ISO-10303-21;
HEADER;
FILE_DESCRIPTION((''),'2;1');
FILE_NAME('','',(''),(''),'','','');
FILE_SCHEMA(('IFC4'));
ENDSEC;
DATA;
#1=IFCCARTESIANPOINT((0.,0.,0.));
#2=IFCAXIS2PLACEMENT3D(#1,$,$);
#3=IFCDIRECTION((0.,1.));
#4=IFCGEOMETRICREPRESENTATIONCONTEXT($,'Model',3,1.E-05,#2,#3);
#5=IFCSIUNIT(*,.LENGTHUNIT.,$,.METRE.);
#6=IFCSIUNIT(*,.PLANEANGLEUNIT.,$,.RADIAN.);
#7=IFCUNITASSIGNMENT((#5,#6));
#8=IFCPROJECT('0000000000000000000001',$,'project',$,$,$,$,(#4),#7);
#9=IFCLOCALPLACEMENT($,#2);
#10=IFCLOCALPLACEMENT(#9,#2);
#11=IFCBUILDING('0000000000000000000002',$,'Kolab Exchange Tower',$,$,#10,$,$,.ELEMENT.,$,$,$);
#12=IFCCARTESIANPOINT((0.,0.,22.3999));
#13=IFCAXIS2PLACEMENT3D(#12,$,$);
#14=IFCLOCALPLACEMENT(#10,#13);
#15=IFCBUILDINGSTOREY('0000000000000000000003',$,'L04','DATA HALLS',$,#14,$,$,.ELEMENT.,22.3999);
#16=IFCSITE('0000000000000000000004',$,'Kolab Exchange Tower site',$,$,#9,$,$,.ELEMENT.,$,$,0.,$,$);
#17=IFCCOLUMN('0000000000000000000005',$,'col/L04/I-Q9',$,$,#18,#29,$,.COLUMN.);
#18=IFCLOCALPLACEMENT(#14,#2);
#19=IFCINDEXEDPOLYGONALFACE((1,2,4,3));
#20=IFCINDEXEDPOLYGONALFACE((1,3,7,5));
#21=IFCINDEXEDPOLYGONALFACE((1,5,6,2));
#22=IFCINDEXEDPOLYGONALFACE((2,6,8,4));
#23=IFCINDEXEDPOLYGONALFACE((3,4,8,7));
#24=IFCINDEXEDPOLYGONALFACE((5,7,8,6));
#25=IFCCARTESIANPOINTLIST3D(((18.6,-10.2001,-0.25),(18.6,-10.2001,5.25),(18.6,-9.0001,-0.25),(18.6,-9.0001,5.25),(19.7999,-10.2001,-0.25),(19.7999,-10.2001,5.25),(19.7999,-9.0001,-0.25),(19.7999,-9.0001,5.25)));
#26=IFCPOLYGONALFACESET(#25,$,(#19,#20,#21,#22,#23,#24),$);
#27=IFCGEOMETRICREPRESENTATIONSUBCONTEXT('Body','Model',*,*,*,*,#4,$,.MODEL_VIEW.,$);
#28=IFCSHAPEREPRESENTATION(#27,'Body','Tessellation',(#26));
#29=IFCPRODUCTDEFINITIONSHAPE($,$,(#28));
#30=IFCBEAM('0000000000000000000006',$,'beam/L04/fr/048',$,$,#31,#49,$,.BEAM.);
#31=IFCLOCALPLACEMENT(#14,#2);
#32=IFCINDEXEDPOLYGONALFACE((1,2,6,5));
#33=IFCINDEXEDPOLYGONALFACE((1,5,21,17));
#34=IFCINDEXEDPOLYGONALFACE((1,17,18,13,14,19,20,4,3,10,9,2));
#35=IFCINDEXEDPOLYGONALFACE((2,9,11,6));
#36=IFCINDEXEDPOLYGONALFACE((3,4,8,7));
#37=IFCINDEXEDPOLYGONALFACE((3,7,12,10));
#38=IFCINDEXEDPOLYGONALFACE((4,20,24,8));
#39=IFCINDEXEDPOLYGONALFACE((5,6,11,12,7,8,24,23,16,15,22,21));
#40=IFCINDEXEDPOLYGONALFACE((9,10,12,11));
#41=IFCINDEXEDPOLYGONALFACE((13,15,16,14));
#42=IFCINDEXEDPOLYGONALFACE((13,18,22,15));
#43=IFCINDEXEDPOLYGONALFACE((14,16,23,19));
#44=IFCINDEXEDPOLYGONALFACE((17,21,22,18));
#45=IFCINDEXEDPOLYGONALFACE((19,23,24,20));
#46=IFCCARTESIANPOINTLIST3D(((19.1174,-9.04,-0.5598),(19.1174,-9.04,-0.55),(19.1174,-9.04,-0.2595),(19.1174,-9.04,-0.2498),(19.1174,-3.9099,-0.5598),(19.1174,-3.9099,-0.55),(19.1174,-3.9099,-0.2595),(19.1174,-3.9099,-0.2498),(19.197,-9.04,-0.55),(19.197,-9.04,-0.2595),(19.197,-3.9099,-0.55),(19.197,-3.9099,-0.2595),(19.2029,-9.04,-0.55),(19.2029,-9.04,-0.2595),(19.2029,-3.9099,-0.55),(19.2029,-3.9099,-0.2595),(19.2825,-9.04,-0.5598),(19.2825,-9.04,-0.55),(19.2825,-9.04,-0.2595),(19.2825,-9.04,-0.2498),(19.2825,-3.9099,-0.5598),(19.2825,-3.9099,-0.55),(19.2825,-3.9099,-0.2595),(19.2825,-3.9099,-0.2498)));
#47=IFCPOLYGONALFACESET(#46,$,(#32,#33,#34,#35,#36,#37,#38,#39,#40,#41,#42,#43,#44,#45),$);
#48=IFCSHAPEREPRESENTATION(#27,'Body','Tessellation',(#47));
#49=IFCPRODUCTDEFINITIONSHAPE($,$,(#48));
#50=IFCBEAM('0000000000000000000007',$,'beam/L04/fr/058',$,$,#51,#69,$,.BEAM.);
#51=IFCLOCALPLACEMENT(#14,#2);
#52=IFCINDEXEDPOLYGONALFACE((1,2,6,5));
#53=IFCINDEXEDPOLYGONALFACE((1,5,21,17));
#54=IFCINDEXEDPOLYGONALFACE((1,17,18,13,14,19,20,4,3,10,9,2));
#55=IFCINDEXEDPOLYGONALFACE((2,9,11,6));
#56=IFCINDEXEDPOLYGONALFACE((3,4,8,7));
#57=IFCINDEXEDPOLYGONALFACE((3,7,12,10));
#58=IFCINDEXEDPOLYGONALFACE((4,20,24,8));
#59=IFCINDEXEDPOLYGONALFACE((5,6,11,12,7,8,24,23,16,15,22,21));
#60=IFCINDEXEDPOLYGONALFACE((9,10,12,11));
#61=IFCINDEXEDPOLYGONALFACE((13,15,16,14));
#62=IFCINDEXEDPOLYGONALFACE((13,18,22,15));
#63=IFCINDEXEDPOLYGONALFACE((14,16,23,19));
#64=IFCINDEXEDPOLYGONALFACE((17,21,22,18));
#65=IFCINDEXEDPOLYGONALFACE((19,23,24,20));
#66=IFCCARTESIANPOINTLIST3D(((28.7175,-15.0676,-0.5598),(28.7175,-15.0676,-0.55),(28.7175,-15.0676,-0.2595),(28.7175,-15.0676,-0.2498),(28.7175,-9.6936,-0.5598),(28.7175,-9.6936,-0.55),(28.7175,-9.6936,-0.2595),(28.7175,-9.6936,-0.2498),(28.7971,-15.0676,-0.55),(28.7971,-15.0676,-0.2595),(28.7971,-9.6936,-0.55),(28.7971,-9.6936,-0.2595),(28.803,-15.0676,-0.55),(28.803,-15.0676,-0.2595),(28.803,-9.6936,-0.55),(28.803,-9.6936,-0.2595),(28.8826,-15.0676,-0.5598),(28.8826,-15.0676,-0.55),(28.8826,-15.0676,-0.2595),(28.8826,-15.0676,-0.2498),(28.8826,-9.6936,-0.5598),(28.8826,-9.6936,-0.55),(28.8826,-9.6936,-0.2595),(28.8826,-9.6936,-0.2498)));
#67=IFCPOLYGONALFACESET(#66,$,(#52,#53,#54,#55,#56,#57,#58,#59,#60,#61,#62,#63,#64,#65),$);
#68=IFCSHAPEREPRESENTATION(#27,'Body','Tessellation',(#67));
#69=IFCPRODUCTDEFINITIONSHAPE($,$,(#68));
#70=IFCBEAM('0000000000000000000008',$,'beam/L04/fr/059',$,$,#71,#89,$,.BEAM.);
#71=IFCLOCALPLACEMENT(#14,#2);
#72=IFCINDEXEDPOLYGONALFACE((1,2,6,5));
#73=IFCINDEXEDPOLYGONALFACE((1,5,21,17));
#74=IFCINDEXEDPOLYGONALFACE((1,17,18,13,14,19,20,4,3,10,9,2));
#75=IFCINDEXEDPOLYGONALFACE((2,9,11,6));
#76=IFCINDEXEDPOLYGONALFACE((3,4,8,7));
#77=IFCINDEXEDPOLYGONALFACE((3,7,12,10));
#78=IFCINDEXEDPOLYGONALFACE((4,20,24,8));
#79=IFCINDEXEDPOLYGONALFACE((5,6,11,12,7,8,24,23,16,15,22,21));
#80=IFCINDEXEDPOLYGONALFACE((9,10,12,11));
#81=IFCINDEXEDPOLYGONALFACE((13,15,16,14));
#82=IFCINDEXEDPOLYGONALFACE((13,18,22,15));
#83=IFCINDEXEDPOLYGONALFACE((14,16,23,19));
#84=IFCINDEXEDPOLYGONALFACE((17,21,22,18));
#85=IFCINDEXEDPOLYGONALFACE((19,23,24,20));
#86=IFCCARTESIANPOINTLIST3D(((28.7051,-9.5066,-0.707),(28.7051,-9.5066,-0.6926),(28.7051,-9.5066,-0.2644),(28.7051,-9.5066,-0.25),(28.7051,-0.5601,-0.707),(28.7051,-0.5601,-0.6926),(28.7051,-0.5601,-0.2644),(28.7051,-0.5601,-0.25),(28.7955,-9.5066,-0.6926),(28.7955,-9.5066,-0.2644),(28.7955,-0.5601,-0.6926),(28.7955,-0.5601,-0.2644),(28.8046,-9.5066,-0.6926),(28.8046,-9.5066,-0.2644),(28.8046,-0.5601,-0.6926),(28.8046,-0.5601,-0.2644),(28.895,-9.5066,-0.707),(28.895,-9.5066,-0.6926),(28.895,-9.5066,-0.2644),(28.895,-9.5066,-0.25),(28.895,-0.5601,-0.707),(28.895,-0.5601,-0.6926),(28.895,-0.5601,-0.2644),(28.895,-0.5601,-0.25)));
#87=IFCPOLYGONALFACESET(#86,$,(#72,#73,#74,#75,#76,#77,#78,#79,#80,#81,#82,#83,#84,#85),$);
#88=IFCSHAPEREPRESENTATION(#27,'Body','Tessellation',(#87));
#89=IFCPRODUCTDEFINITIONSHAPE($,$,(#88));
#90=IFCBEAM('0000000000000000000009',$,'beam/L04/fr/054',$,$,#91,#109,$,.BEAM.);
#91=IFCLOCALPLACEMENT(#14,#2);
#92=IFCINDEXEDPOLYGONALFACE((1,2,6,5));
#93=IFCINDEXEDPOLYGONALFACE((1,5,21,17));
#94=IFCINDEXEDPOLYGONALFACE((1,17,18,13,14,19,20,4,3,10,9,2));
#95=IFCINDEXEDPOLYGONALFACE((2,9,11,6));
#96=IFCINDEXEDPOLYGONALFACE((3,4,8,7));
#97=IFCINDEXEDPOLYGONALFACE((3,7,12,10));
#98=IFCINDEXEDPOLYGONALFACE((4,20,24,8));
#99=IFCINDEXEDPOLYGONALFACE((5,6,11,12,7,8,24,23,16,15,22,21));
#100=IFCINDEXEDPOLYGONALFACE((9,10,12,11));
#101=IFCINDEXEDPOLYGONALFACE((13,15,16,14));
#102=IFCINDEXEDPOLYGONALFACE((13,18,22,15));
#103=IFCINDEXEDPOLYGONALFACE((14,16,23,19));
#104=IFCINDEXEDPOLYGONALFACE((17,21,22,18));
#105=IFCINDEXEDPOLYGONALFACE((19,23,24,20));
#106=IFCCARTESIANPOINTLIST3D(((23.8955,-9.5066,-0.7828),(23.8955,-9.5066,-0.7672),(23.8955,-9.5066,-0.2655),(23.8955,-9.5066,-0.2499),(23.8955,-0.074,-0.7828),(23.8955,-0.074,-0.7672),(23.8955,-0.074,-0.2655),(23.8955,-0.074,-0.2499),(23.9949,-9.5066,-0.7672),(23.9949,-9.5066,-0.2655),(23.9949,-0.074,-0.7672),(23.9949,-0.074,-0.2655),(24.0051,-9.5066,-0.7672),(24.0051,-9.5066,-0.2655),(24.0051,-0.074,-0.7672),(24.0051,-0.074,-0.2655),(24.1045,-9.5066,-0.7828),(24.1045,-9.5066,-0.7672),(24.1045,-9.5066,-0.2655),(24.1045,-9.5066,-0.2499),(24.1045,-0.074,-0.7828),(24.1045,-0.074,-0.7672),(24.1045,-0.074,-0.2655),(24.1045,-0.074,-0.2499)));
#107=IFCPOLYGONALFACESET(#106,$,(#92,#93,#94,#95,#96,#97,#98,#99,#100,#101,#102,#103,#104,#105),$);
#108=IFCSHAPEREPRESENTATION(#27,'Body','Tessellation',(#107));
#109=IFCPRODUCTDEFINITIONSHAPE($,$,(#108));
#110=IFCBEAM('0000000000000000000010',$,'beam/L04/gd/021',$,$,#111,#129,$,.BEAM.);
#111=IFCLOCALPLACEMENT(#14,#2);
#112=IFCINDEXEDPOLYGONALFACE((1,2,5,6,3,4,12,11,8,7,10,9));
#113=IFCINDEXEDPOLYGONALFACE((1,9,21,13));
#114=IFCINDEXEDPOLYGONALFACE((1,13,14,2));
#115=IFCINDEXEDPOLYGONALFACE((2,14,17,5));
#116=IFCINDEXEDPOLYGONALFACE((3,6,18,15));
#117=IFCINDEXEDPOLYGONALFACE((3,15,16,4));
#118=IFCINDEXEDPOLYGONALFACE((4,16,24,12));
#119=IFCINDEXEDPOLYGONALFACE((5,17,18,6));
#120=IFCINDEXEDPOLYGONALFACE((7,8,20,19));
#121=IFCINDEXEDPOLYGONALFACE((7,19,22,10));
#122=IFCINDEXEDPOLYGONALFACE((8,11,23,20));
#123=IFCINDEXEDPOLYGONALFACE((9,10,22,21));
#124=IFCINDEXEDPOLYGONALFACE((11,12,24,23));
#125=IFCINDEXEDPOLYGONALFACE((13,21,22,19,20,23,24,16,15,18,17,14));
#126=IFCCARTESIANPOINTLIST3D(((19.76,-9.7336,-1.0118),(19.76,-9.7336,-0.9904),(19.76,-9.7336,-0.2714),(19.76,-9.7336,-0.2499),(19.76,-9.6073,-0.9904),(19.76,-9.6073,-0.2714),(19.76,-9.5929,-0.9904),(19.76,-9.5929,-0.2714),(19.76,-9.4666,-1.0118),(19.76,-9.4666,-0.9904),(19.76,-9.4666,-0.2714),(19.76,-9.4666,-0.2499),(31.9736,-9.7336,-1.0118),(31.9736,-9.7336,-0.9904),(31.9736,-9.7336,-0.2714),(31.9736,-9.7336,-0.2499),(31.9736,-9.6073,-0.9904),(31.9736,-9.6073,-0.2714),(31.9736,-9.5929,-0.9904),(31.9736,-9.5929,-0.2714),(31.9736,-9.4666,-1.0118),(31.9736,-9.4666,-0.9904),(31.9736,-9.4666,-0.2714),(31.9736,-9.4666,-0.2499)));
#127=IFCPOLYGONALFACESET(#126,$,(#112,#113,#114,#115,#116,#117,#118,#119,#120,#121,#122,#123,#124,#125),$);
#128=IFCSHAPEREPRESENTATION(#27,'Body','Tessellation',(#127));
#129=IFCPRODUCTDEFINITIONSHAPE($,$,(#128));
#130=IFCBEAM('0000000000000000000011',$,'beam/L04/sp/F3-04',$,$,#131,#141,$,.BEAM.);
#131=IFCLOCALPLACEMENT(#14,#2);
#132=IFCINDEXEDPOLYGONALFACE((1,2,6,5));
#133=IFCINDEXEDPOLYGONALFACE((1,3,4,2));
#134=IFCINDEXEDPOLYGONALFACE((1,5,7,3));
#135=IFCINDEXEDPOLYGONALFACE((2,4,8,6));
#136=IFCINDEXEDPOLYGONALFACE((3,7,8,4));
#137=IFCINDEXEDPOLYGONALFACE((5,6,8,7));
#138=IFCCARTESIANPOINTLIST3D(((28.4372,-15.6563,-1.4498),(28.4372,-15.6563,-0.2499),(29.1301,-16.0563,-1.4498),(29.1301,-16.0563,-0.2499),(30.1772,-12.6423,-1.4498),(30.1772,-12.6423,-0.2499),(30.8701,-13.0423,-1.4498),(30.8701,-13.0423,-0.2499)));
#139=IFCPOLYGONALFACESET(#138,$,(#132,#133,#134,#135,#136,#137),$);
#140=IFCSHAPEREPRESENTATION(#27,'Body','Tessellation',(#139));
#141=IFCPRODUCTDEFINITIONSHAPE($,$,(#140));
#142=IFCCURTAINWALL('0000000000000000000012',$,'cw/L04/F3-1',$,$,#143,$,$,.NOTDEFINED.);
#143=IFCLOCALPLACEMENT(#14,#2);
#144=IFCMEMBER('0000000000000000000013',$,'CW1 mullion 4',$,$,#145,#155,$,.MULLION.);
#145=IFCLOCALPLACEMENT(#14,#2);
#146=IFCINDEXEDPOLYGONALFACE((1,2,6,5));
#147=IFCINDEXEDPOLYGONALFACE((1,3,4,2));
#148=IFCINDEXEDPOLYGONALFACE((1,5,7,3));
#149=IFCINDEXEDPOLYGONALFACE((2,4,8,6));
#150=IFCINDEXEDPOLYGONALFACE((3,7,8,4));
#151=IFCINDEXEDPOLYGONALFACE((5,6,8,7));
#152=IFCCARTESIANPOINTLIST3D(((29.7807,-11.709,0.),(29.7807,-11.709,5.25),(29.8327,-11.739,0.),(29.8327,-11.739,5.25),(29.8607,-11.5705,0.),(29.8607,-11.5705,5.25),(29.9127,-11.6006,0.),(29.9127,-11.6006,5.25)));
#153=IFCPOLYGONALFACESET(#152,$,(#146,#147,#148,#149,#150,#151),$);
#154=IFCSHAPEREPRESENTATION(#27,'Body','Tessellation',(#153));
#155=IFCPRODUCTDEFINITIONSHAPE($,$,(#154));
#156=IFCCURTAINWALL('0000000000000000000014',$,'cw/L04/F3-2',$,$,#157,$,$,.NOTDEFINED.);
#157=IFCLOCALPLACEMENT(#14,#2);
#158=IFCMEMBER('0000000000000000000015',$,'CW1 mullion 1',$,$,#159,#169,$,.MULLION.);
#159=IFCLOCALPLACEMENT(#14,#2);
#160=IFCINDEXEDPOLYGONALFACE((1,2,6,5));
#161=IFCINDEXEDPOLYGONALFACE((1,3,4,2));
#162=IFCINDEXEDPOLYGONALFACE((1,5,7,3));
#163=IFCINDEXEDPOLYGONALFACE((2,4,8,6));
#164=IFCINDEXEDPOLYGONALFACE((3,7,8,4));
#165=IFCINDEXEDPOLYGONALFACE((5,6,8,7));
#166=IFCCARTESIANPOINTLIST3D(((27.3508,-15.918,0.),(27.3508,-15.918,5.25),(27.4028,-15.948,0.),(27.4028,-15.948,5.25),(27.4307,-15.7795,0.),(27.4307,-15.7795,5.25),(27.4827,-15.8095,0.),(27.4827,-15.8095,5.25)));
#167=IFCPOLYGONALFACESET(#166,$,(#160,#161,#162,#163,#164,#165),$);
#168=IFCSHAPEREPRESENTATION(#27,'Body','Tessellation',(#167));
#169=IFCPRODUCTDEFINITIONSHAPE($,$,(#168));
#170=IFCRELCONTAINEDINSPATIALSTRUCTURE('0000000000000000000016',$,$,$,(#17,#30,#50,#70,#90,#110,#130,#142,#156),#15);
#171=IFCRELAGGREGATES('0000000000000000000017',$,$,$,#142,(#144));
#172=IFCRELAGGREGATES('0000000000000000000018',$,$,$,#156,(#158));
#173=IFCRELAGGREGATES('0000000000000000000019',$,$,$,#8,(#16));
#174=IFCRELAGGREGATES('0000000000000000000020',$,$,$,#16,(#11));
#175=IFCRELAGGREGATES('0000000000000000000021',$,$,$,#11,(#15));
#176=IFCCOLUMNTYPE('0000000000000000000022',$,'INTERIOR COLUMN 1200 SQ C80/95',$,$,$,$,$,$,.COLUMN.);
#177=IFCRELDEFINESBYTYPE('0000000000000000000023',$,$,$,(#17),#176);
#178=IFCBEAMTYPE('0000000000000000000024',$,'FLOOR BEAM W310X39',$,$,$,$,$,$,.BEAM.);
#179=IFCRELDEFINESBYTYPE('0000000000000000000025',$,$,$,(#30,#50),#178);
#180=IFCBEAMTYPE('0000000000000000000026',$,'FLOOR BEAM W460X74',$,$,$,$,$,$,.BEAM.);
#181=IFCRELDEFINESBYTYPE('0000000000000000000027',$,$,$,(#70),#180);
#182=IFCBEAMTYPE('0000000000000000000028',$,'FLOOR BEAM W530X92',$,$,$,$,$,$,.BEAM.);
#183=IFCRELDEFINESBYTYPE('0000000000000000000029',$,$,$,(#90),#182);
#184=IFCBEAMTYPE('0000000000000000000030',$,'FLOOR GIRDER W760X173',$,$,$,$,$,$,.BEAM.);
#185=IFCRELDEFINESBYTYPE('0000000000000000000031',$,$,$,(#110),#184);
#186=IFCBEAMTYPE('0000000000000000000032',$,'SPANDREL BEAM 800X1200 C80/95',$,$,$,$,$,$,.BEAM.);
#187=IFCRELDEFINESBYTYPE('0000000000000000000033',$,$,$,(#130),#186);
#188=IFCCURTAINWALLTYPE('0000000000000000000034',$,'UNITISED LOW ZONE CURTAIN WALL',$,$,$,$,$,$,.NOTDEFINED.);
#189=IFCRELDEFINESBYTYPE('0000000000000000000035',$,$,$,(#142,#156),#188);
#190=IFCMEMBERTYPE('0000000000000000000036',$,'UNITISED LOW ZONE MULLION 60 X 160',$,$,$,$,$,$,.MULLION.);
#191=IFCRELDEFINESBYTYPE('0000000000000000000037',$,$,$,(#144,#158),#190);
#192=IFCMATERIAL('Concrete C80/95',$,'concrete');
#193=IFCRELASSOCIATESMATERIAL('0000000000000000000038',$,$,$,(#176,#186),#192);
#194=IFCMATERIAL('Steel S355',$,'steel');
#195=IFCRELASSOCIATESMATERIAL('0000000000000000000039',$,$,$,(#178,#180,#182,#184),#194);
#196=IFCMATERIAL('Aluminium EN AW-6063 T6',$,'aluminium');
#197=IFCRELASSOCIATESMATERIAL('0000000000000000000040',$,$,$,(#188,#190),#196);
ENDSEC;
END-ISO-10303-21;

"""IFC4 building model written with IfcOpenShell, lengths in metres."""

from ifc_helpers import new_model, si_unit, direction, frame, origin, origin_2d, place, context, subcontext, project, spatial, rectangle, i_section, extrude, material, material_profile, profile_set, type_object, element, aggregate, save


model = new_model("IFC4")

# Units and contexts
model_context = context("Model", 3, precision=1e-05, world=origin(), true_north=direction((0.0, 1.0)))
body_context = subcontext(model_context, "Body", "Model", "MODEL_VIEW")
ifc_project = project(units=[si_unit("LENGTHUNIT", "METRE"), si_unit("PLANEANGLEUNIT", "RADIAN")], contexts=[model_context])

# Site, building, storey
site_placement = place(None, origin())
site = spatial("IfcSite", under=ifc_project, at=site_placement, Name="Kolab Exchange Tower site", CompositionType="ELEMENT", RefElevation=0.0)
building_placement = place(site_placement, origin())
building = spatial("IfcBuilding", under=site, at=building_placement, Name="Kolab Exchange Tower", CompositionType="ELEMENT")
storey_placement = place(building_placement, frame((0.0, 0.0, 22.3999)))
storey = spatial("IfcBuildingStorey", under=building, at=storey_placement, Name="L04", Description="DATA HALLS", CompositionType="ELEMENT", Elevation=22.3999)

# Column
ifc_material_1 = material(Name="Concrete C80/95", Category="concrete")
ifc_material_profile_1 = material_profile(ifc_material_1, rectangle(XDim=1.2, YDim=1.2, at=origin_2d()), Name="RC1200")
ifc_profile_set_1 = profile_set([ifc_material_profile_1], Name="Concrete C80/95")
column_type = type_object("IfcColumnType", Name="INTERIOR COLUMN 1200 SQ C80/95", PredefinedType="COLUMN", material=ifc_profile_set_1)
column_placement = place(storey_placement, frame((19.2, -9.6001, -0.25), z_axis=(0.0, 0.0, 1.0), x_axis=(1.0, 0.0, 0.0)))
element("IfcColumn", 1, at=column_placement, inside=storey, type_object=column_type, Name="col/L04/I-Q9", PredefinedType="COLUMN", context=body_context, shape_type="SweptSolid", body=[
    extrude(rectangle(XDim=1.2, YDim=1.2, at=origin_2d()), origin(), (0.0, 0.0, 1.0), 5.5),
])

# Beams
ifc_material_2 = material(Name="Steel S355", Category="steel")
ifc_material_profile_2 = material_profile(ifc_material_2, i_section(OverallWidth=0.165, OverallDepth=0.3101, WebThickness=0.0059, FlangeThickness=0.0098, at=origin_2d()), Name="W310X39")
ifc_profile_set_2 = profile_set([ifc_material_profile_2], Name="Steel S355")
beam_type_1 = type_object("IfcBeamType", Name="FLOOR BEAM W310X39", PredefinedType="BEAM", material=ifc_profile_set_2)
beam_1_placement = place(storey_placement, frame((19.2, -9.04, -0.4048), z_axis=(0.0, 1.0, 0.0), x_axis=(-1.0, 0.0, 0.0)))
element("IfcBeam", 2, at=beam_1_placement, inside=storey, type_object=beam_type_1, Name="beam/L04/fr/048", PredefinedType="BEAM", context=body_context, shape_type="SweptSolid", body=[
    extrude(i_section(OverallWidth=0.165, OverallDepth=0.3101, WebThickness=0.0059, FlangeThickness=0.0098, at=origin_2d()), origin(), (0.0, 0.0, 1.0), 5.1301),
])
beam_2_placement = place(storey_placement, frame((28.8, -15.0676, -0.4048), z_axis=(0.0, 1.0, 0.0), x_axis=(-1.0, 0.0, 0.0)))
element("IfcBeam", 3, at=beam_2_placement, inside=storey, type_object=beam_type_1, Name="beam/L04/fr/058", PredefinedType="BEAM", context=body_context, shape_type="SweptSolid", body=[
    extrude(i_section(OverallWidth=0.165, OverallDepth=0.3101, WebThickness=0.0059, FlangeThickness=0.0098, at=origin_2d()), origin(), (0.0, 0.0, 1.0), 5.374),
])
ifc_material_profile_3 = material_profile(ifc_material_2, i_section(OverallWidth=0.1899, OverallDepth=0.457, WebThickness=0.009, FlangeThickness=0.0144, at=origin_2d()), Name="W460X74")
ifc_profile_set_3 = profile_set([ifc_material_profile_3], Name="Steel S355")
beam_type_2 = type_object("IfcBeamType", Name="FLOOR BEAM W460X74", PredefinedType="BEAM", material=ifc_profile_set_3)
beam_3_placement = place(storey_placement, frame((28.8, -9.5066, -0.4785), z_axis=(0.0, 1.0, 0.0), x_axis=(-1.0, 0.0, 0.0)))
element("IfcBeam", 4, at=beam_3_placement, inside=storey, type_object=beam_type_2, Name="beam/L04/fr/059", PredefinedType="BEAM", context=body_context, shape_type="SweptSolid", body=[
    extrude(i_section(OverallWidth=0.1899, OverallDepth=0.457, WebThickness=0.009, FlangeThickness=0.0144, at=origin_2d()), origin(), (0.0, 0.0, 1.0), 8.9465),
])
ifc_material_profile_4 = material_profile(ifc_material_2, i_section(OverallWidth=0.209, OverallDepth=0.533, WebThickness=0.0103, FlangeThickness=0.0156, at=origin_2d()), Name="W530X92")
ifc_profile_set_4 = profile_set([ifc_material_profile_4], Name="Steel S355")
beam_type_3 = type_object("IfcBeamType", Name="FLOOR BEAM W530X92", PredefinedType="BEAM", material=ifc_profile_set_4)
beam_4_placement = place(storey_placement, frame((24.0, -9.5066, -0.5164), z_axis=(0.0, 1.0, 0.0), x_axis=(-1.0, 0.0, 0.0)))
element("IfcBeam", 5, at=beam_4_placement, inside=storey, type_object=beam_type_3, Name="beam/L04/fr/054", PredefinedType="BEAM", context=body_context, shape_type="SweptSolid", body=[
    extrude(i_section(OverallWidth=0.209, OverallDepth=0.533, WebThickness=0.0103, FlangeThickness=0.0156, at=origin_2d()), origin(), (0.0, 0.0, 1.0), 9.4326),
])
ifc_material_profile_5 = material_profile(ifc_material_2, i_section(OverallWidth=0.2671, OverallDepth=0.762, WebThickness=0.0144, FlangeThickness=0.0215, at=origin_2d()), Name="W760X173")
ifc_profile_set_5 = profile_set([ifc_material_profile_5], Name="Steel S355")
beam_type_4 = type_object("IfcBeamType", Name="FLOOR GIRDER W760X173", PredefinedType="BEAM", material=ifc_profile_set_5)
beam_5_placement = place(storey_placement, frame((19.76, -9.6001, -0.6309), z_axis=(1.0, 0.0, 0.0), x_axis=(0.0, 1.0, 0.0)))
element("IfcBeam", 6, at=beam_5_placement, inside=storey, type_object=beam_type_4, Name="beam/L04/gd/021", PredefinedType="BEAM", context=body_context, shape_type="SweptSolid", body=[
    extrude(i_section(OverallWidth=0.2671, OverallDepth=0.762, WebThickness=0.0144, FlangeThickness=0.0215, at=origin_2d()), origin(), (0.0, 0.0, 1.0), 12.2136),
])
ifc_material_profile_6 = material_profile(ifc_material_1, rectangle(XDim=0.8, YDim=1.2, at=origin_2d()), Name="RC800X1200")
ifc_profile_set_6 = profile_set([ifc_material_profile_6], Name="Concrete C80/95")
beam_type_5 = type_object("IfcBeamType", Name="SPANDREL BEAM 800X1200 C80/95", PredefinedType="BEAM", material=ifc_profile_set_6)
beam_6_placement = place(storey_placement, frame((30.5237, -12.8423, -0.8499), z_axis=(-0.49998, -0.866037, 0.0), x_axis=(0.866037, -0.49998, 0.0)))
element("IfcBeam", 7, at=beam_6_placement, inside=storey, type_object=beam_type_5, Name="beam/L04/sp/F3-04", PredefinedType="BEAM", context=body_context, shape_type="SweptSolid", body=[
    extrude(rectangle(XDim=0.8, YDim=1.2, at=origin_2d()), origin(), (0.0, 0.0, 1.0), 3.4802),
])

# Curtain wall, member
ifc_material_3 = material(Name="Aluminium EN AW-6063 T6", Category="aluminium")
curtain_wall_type = type_object("IfcCurtainWallType", Name="UNITISED LOW ZONE CURTAIN WALL", PredefinedType="NOTDEFINED", material=ifc_material_3)
curtain_wall_1_placement = place(storey_placement, origin())
curtain_wall_1 = element("IfcCurtainWall", 8, at=curtain_wall_1_placement, inside=storey, type_object=curtain_wall_type, Name="cw/L04/F3-1", PredefinedType="NOTDEFINED")
ifc_material_profile_7 = material_profile(ifc_material_3, rectangle(XDim=0.0601, YDim=0.1599, at=origin_2d()), Name="RECT 60X160")
ifc_profile_set_7 = profile_set([ifc_material_profile_7], Name="Aluminium EN AW-6063 T6")
member_type_1 = type_object("IfcMemberType", Name="UNITISED LOW ZONE MULLION 60 X 160", PredefinedType="MULLION", material=ifc_profile_set_7)
member_1_placement = place(storey_placement, frame((29.8467, -11.6548, 0.0), z_axis=(0.0, 0.0, 1.0), x_axis=(0.866025, -0.5, 0.0)))
member_1 = element("IfcMember", 9, at=member_1_placement, type_object=member_type_1, Name="CW1 mullion 4", PredefinedType="MULLION", context=body_context, shape_type="SweptSolid", body=[
    extrude(rectangle(XDim=0.0601, YDim=0.1599, at=origin_2d()), origin(), (0.0, 0.0, 1.0), 5.25),
])
aggregate(curtain_wall_1, [member_1])

# Curtain wall, member
curtain_wall_2_placement = place(storey_placement, origin())
curtain_wall_2 = element("IfcCurtainWall", 10, at=curtain_wall_2_placement, inside=storey, type_object=curtain_wall_type, Name="cw/L04/F3-2", PredefinedType="NOTDEFINED")
member_2_placement = place(storey_placement, frame((27.4167, -15.8638, 0.0), z_axis=(0.0, 0.0, 1.0), x_axis=(0.866025, -0.5, 0.0)))
member_2 = element("IfcMember", 11, at=member_2_placement, type_object=member_type_1, Name="CW1 mullion 1", PredefinedType="MULLION", context=body_context, shape_type="SweptSolid", body=[
    extrude(rectangle(XDim=0.0601, YDim=0.1599, at=origin_2d()), origin(), (0.0, 0.0, 1.0), 5.25),
])
aggregate(curtain_wall_2, [member_2])

save(model, "model.ifc")
